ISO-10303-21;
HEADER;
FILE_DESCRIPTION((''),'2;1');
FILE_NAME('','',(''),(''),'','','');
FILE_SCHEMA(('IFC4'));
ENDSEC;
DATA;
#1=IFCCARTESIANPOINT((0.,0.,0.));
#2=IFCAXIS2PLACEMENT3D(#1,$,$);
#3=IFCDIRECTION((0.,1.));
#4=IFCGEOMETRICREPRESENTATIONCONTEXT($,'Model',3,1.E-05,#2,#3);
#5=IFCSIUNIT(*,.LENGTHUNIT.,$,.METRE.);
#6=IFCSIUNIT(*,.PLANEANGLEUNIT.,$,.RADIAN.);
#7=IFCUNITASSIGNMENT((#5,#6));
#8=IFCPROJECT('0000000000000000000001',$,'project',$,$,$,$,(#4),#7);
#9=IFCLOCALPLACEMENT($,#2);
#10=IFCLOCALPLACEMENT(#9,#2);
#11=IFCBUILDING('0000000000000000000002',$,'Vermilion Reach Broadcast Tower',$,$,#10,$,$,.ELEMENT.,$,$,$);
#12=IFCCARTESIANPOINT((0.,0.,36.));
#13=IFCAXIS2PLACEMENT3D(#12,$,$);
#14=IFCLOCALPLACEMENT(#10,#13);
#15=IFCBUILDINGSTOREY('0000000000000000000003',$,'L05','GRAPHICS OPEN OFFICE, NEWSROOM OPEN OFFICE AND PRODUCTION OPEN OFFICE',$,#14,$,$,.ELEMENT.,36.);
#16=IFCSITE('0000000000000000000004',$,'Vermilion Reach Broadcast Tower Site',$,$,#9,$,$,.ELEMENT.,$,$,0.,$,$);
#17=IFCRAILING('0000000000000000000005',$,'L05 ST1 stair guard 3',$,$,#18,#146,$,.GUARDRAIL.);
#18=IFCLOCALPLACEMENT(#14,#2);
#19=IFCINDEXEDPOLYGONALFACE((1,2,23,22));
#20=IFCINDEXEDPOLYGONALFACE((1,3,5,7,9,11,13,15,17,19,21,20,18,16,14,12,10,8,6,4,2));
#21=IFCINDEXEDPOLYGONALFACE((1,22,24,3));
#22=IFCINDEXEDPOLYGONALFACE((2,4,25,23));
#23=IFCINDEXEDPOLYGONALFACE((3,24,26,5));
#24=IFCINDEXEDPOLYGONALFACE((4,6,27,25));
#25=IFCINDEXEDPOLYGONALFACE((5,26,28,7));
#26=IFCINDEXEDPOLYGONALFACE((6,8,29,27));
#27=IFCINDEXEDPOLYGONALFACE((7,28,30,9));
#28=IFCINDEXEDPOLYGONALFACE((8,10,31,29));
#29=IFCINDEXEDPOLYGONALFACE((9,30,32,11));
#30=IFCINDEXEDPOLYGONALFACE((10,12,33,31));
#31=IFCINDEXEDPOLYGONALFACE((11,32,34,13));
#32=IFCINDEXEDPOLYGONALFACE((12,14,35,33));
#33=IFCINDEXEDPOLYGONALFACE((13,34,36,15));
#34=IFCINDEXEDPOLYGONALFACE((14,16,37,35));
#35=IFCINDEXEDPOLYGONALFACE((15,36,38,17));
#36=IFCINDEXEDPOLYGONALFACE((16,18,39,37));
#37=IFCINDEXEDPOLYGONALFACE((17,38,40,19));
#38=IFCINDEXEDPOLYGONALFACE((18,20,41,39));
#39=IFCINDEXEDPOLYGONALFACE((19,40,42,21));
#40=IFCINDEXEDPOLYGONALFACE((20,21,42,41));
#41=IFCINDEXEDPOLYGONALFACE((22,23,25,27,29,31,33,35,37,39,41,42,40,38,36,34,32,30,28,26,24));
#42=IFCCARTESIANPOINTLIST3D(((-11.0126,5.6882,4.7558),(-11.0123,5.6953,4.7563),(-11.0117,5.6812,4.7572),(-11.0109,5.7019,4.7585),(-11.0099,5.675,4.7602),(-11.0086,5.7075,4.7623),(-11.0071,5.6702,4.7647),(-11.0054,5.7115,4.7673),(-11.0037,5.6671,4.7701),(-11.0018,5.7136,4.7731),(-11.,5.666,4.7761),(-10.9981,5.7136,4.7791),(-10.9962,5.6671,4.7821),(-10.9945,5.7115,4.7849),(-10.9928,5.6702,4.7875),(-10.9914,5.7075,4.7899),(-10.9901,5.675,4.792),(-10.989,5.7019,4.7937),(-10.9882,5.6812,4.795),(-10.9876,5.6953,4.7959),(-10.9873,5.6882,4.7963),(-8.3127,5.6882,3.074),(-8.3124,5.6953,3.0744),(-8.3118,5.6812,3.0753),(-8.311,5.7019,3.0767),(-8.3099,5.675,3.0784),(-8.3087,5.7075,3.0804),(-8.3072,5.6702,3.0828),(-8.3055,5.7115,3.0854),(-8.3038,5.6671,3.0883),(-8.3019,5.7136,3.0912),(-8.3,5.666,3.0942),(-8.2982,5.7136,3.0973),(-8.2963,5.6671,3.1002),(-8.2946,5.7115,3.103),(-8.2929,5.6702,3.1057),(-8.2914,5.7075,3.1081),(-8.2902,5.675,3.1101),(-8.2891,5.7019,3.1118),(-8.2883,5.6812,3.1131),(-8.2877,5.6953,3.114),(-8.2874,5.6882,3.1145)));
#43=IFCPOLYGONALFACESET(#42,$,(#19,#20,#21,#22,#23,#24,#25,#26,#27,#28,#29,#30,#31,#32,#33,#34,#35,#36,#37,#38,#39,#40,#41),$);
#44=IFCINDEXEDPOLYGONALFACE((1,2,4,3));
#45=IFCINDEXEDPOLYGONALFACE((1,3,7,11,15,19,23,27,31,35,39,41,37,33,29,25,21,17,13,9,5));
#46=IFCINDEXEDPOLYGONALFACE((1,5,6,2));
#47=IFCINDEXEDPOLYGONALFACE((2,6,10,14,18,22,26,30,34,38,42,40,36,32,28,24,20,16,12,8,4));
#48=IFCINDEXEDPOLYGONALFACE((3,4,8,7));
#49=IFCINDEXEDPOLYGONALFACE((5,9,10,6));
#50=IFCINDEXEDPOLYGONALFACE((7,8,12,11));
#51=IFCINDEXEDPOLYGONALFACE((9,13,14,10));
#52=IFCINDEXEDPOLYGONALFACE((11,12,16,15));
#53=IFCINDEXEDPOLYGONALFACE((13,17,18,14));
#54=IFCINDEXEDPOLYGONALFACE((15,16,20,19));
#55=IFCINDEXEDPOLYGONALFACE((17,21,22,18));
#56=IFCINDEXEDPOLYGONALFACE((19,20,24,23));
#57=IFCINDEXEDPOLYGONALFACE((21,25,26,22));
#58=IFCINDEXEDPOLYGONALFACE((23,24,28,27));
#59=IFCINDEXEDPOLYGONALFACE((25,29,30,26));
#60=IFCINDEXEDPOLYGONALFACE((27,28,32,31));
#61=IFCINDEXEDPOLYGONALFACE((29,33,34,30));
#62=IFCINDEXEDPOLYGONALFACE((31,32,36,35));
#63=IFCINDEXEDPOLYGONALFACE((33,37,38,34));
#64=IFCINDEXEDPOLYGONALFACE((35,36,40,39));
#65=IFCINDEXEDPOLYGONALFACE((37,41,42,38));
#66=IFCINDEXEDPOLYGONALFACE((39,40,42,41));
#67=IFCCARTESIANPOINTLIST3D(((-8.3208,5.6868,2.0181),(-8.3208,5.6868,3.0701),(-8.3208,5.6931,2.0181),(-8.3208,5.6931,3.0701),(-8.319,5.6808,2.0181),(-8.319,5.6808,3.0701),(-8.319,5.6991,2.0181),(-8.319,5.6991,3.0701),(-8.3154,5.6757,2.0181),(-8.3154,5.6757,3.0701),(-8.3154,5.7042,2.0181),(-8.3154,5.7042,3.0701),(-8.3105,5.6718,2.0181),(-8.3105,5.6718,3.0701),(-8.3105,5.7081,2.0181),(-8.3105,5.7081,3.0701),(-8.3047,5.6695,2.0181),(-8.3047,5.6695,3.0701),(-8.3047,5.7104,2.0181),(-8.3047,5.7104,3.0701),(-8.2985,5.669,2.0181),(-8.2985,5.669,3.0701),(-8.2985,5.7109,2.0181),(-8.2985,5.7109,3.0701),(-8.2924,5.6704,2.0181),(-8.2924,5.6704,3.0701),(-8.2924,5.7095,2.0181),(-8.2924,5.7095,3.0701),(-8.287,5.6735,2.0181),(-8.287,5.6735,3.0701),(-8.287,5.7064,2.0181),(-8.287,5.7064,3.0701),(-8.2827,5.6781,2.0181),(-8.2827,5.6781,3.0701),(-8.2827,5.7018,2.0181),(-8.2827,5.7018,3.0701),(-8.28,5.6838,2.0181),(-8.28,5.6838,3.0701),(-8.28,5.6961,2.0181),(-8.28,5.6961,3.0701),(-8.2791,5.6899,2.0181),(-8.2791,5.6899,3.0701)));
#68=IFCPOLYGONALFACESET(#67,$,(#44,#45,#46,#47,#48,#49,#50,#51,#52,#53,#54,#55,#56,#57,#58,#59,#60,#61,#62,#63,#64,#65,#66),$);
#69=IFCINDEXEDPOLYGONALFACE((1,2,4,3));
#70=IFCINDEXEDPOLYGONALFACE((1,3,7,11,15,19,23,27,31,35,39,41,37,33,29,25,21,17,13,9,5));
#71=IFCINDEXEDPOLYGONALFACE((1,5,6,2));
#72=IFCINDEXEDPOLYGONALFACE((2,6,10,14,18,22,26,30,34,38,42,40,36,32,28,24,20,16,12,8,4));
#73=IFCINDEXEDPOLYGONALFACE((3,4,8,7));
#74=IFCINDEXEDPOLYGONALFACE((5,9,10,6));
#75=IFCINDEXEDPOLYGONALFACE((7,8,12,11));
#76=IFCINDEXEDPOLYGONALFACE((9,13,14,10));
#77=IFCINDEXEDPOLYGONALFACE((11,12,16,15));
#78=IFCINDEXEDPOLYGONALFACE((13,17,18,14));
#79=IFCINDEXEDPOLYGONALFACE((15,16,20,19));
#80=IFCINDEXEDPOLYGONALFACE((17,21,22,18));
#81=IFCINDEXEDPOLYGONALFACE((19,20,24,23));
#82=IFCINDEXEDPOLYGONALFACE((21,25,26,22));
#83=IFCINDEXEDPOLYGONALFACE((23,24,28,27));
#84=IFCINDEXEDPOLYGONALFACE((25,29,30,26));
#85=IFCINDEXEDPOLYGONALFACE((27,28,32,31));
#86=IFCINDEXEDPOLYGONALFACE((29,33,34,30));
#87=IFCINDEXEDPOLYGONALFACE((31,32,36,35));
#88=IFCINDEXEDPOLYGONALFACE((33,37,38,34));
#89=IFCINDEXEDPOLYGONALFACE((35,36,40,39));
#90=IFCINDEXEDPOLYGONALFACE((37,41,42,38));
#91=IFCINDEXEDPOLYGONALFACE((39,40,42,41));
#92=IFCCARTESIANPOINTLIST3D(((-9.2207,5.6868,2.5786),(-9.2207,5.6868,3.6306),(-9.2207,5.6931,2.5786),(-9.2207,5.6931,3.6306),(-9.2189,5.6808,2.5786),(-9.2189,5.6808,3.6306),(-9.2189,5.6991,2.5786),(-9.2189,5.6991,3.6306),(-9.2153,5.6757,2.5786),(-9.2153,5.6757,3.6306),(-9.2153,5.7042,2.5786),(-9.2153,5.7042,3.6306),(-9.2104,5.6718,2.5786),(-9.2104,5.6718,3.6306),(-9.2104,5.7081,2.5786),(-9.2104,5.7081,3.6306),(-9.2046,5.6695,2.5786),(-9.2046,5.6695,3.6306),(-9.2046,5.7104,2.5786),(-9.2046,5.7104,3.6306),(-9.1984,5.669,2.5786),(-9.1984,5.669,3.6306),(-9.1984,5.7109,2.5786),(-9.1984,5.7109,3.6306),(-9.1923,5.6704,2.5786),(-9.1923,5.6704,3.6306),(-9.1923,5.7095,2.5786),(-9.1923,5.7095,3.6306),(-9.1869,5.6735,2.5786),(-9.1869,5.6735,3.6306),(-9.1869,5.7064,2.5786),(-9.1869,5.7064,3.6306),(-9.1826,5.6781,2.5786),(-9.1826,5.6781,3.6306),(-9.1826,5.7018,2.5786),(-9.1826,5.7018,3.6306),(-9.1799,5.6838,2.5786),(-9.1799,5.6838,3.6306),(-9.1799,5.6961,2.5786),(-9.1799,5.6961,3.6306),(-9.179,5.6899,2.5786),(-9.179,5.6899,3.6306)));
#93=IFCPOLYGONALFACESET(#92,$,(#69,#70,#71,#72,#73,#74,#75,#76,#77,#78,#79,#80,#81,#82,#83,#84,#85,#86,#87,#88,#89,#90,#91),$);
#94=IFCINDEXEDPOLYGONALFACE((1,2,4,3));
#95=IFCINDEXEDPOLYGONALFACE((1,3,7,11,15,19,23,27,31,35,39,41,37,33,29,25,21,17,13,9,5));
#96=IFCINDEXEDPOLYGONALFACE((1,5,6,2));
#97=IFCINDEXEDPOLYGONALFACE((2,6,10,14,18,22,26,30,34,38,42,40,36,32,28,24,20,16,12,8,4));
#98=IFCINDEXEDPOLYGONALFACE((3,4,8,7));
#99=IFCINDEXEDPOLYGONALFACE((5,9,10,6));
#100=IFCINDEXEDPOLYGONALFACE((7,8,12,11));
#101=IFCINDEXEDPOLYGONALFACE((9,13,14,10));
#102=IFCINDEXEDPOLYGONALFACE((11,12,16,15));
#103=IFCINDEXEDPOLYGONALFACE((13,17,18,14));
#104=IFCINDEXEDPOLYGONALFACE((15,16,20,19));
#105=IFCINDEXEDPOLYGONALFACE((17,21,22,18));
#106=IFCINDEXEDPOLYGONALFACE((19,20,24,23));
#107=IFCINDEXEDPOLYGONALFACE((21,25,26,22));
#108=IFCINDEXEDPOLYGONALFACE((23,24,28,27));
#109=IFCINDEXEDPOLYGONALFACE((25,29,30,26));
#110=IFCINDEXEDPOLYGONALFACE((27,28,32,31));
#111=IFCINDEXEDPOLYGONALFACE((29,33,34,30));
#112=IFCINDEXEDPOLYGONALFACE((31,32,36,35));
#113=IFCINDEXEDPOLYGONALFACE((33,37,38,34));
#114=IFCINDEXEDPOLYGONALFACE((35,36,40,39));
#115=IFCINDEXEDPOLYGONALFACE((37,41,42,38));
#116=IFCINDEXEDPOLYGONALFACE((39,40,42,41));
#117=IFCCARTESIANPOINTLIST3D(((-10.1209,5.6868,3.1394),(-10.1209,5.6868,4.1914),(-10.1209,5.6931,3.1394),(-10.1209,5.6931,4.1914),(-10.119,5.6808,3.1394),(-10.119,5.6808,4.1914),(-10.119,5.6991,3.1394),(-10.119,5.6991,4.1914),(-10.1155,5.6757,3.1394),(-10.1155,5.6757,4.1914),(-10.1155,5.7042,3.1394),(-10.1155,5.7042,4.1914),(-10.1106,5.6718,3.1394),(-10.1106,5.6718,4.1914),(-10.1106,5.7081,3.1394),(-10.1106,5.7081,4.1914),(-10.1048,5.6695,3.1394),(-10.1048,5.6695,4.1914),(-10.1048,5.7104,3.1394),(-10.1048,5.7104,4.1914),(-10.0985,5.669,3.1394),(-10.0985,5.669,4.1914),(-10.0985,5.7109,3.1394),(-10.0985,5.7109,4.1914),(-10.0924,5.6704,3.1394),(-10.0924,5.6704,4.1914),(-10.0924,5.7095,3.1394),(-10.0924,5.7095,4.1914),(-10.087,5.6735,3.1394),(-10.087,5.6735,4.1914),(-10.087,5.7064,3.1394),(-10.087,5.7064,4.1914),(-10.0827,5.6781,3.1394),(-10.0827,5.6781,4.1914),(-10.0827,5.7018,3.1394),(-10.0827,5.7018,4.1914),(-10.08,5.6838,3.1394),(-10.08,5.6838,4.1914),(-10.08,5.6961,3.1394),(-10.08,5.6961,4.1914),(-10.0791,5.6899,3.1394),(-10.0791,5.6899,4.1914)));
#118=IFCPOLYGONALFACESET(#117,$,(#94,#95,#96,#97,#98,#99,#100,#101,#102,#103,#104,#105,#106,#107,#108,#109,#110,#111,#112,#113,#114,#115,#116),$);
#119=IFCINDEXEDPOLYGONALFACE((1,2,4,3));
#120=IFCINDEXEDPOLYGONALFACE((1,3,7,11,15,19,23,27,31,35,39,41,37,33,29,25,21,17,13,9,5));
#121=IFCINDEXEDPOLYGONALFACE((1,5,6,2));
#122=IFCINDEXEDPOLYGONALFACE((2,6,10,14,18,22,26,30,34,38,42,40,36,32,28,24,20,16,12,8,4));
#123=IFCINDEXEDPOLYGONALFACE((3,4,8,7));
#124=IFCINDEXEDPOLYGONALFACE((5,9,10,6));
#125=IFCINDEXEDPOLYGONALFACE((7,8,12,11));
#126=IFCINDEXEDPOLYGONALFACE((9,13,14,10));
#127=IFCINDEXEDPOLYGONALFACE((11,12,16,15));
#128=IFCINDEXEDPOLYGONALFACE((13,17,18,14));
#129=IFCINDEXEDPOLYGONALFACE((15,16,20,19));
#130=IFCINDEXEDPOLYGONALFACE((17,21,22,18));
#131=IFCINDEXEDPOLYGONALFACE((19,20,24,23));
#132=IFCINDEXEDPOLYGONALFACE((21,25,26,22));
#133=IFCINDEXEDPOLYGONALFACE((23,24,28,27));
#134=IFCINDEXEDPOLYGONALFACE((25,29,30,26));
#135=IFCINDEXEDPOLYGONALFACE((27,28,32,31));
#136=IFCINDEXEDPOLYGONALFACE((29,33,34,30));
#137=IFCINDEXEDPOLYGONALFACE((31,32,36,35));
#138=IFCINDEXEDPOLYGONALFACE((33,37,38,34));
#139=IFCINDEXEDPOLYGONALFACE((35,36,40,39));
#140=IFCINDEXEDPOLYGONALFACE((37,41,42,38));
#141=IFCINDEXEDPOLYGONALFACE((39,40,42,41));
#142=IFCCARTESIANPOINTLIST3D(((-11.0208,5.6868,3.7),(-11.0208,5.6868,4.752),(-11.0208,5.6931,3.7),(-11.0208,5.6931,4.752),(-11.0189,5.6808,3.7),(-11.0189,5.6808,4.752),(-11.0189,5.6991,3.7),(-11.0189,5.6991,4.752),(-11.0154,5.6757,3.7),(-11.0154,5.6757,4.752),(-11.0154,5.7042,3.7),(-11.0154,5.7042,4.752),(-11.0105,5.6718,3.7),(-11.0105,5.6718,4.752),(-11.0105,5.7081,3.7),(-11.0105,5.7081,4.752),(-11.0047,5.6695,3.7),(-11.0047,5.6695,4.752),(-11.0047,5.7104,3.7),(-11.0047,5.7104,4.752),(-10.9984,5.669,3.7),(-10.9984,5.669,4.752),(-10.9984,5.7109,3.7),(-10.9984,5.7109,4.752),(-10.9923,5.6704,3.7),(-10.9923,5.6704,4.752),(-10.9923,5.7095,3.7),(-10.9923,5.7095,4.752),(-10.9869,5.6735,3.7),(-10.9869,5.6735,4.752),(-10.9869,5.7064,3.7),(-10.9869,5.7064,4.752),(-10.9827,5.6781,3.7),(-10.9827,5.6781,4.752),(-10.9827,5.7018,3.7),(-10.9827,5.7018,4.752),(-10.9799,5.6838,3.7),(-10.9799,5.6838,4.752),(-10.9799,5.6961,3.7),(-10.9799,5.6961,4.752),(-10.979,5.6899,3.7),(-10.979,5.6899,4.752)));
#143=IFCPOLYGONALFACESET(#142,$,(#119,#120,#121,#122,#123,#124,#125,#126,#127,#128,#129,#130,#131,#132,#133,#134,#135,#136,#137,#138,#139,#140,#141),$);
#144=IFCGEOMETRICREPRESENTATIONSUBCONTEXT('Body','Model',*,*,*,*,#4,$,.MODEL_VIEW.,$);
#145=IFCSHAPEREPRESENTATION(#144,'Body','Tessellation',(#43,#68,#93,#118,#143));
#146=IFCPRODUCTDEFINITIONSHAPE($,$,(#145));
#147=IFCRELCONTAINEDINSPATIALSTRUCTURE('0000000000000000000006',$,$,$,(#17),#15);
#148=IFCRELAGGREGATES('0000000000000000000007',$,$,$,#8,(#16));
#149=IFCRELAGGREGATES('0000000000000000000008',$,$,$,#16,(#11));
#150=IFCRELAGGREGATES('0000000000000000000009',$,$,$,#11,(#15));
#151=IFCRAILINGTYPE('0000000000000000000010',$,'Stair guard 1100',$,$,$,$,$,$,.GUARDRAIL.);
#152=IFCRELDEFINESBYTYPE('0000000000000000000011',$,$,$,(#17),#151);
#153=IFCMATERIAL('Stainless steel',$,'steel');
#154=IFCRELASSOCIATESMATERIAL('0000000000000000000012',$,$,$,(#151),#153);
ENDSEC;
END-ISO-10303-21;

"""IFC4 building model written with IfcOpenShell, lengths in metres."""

from ifc_helpers import new_model, si_unit, direction, frame, origin, origin_2d, place, context, subcontext, project, spatial, circle, extrude, material, type_object, element, save


model = new_model("IFC4")

# Units and contexts
model_context = context("Model", 3, precision=1e-05, world=origin(), true_north=direction((0.0, 1.0)))
body_context = subcontext(model_context, "Body", "Model", "MODEL_VIEW")
ifc_project = project(units=[si_unit("LENGTHUNIT", "METRE"), si_unit("PLANEANGLEUNIT", "RADIAN")], contexts=[model_context])

# Site, building, storey
site_placement = place(None, origin())
site = spatial("IfcSite", under=ifc_project, at=site_placement, Name="Vermilion Reach Broadcast Tower Site", CompositionType="ELEMENT", RefElevation=0.0)
building_placement = place(site_placement, origin())
building = spatial("IfcBuilding", under=site, at=building_placement, Name="Vermilion Reach Broadcast Tower", CompositionType="ELEMENT")
storey_placement = place(building_placement, frame((0.0, 0.0, 36.0)))
storey = spatial("IfcBuildingStorey", under=building, at=storey_placement, Name="L05", Description="GRAPHICS OPEN OFFICE, NEWSROOM OPEN OFFICE AND PRODUCTION OPEN OFFICE", CompositionType="ELEMENT", Elevation=36.0)

# Railing
ifc_material_1 = material(Name="Stainless steel", Category="steel")
railing_type_1 = type_object("IfcRailingType", Name="Stair guard 1100", PredefinedType="GUARDRAIL", material=ifc_material_1)
railing_1_placement = place(storey_placement, frame((-8.3, 5.6899, 2.0181)))
element("IfcRailing", 1, at=railing_1_placement, inside=storey, type_object=railing_type_1, Name="L05 ST1 stair guard 3", PredefinedType="GUARDRAIL", context=body_context, shape_type="SweptSolid", body=[
    extrude(circle(Radius=0.0239, at=origin_2d()), frame((0.0, 0.0, 1.0762), z_axis=(-0.848786, 0.0, 0.528736), x_axis=(0.0, -1.0, 0.0)), (0.0, 0.0, 1.0), 3.1809),
    extrude(circle(Radius=0.021, at=origin_2d()), origin(), (0.0, 0.0, 1.0), 1.052),
    extrude(circle(Radius=0.021, at=origin_2d()), frame((-0.8999, 0.0, 0.5605)), (0.0, 0.0, 1.0), 1.052),
    extrude(circle(Radius=0.021, at=origin_2d()), frame((-1.8, 0.0, 1.1213)), (0.0, 0.0, 1.0), 1.052),
    extrude(circle(Radius=0.021, at=origin_2d()), frame((-2.7, 0.0, 1.6819)), (0.0, 0.0, 1.0), 1.052),
])

save(model, "model.ifc")
